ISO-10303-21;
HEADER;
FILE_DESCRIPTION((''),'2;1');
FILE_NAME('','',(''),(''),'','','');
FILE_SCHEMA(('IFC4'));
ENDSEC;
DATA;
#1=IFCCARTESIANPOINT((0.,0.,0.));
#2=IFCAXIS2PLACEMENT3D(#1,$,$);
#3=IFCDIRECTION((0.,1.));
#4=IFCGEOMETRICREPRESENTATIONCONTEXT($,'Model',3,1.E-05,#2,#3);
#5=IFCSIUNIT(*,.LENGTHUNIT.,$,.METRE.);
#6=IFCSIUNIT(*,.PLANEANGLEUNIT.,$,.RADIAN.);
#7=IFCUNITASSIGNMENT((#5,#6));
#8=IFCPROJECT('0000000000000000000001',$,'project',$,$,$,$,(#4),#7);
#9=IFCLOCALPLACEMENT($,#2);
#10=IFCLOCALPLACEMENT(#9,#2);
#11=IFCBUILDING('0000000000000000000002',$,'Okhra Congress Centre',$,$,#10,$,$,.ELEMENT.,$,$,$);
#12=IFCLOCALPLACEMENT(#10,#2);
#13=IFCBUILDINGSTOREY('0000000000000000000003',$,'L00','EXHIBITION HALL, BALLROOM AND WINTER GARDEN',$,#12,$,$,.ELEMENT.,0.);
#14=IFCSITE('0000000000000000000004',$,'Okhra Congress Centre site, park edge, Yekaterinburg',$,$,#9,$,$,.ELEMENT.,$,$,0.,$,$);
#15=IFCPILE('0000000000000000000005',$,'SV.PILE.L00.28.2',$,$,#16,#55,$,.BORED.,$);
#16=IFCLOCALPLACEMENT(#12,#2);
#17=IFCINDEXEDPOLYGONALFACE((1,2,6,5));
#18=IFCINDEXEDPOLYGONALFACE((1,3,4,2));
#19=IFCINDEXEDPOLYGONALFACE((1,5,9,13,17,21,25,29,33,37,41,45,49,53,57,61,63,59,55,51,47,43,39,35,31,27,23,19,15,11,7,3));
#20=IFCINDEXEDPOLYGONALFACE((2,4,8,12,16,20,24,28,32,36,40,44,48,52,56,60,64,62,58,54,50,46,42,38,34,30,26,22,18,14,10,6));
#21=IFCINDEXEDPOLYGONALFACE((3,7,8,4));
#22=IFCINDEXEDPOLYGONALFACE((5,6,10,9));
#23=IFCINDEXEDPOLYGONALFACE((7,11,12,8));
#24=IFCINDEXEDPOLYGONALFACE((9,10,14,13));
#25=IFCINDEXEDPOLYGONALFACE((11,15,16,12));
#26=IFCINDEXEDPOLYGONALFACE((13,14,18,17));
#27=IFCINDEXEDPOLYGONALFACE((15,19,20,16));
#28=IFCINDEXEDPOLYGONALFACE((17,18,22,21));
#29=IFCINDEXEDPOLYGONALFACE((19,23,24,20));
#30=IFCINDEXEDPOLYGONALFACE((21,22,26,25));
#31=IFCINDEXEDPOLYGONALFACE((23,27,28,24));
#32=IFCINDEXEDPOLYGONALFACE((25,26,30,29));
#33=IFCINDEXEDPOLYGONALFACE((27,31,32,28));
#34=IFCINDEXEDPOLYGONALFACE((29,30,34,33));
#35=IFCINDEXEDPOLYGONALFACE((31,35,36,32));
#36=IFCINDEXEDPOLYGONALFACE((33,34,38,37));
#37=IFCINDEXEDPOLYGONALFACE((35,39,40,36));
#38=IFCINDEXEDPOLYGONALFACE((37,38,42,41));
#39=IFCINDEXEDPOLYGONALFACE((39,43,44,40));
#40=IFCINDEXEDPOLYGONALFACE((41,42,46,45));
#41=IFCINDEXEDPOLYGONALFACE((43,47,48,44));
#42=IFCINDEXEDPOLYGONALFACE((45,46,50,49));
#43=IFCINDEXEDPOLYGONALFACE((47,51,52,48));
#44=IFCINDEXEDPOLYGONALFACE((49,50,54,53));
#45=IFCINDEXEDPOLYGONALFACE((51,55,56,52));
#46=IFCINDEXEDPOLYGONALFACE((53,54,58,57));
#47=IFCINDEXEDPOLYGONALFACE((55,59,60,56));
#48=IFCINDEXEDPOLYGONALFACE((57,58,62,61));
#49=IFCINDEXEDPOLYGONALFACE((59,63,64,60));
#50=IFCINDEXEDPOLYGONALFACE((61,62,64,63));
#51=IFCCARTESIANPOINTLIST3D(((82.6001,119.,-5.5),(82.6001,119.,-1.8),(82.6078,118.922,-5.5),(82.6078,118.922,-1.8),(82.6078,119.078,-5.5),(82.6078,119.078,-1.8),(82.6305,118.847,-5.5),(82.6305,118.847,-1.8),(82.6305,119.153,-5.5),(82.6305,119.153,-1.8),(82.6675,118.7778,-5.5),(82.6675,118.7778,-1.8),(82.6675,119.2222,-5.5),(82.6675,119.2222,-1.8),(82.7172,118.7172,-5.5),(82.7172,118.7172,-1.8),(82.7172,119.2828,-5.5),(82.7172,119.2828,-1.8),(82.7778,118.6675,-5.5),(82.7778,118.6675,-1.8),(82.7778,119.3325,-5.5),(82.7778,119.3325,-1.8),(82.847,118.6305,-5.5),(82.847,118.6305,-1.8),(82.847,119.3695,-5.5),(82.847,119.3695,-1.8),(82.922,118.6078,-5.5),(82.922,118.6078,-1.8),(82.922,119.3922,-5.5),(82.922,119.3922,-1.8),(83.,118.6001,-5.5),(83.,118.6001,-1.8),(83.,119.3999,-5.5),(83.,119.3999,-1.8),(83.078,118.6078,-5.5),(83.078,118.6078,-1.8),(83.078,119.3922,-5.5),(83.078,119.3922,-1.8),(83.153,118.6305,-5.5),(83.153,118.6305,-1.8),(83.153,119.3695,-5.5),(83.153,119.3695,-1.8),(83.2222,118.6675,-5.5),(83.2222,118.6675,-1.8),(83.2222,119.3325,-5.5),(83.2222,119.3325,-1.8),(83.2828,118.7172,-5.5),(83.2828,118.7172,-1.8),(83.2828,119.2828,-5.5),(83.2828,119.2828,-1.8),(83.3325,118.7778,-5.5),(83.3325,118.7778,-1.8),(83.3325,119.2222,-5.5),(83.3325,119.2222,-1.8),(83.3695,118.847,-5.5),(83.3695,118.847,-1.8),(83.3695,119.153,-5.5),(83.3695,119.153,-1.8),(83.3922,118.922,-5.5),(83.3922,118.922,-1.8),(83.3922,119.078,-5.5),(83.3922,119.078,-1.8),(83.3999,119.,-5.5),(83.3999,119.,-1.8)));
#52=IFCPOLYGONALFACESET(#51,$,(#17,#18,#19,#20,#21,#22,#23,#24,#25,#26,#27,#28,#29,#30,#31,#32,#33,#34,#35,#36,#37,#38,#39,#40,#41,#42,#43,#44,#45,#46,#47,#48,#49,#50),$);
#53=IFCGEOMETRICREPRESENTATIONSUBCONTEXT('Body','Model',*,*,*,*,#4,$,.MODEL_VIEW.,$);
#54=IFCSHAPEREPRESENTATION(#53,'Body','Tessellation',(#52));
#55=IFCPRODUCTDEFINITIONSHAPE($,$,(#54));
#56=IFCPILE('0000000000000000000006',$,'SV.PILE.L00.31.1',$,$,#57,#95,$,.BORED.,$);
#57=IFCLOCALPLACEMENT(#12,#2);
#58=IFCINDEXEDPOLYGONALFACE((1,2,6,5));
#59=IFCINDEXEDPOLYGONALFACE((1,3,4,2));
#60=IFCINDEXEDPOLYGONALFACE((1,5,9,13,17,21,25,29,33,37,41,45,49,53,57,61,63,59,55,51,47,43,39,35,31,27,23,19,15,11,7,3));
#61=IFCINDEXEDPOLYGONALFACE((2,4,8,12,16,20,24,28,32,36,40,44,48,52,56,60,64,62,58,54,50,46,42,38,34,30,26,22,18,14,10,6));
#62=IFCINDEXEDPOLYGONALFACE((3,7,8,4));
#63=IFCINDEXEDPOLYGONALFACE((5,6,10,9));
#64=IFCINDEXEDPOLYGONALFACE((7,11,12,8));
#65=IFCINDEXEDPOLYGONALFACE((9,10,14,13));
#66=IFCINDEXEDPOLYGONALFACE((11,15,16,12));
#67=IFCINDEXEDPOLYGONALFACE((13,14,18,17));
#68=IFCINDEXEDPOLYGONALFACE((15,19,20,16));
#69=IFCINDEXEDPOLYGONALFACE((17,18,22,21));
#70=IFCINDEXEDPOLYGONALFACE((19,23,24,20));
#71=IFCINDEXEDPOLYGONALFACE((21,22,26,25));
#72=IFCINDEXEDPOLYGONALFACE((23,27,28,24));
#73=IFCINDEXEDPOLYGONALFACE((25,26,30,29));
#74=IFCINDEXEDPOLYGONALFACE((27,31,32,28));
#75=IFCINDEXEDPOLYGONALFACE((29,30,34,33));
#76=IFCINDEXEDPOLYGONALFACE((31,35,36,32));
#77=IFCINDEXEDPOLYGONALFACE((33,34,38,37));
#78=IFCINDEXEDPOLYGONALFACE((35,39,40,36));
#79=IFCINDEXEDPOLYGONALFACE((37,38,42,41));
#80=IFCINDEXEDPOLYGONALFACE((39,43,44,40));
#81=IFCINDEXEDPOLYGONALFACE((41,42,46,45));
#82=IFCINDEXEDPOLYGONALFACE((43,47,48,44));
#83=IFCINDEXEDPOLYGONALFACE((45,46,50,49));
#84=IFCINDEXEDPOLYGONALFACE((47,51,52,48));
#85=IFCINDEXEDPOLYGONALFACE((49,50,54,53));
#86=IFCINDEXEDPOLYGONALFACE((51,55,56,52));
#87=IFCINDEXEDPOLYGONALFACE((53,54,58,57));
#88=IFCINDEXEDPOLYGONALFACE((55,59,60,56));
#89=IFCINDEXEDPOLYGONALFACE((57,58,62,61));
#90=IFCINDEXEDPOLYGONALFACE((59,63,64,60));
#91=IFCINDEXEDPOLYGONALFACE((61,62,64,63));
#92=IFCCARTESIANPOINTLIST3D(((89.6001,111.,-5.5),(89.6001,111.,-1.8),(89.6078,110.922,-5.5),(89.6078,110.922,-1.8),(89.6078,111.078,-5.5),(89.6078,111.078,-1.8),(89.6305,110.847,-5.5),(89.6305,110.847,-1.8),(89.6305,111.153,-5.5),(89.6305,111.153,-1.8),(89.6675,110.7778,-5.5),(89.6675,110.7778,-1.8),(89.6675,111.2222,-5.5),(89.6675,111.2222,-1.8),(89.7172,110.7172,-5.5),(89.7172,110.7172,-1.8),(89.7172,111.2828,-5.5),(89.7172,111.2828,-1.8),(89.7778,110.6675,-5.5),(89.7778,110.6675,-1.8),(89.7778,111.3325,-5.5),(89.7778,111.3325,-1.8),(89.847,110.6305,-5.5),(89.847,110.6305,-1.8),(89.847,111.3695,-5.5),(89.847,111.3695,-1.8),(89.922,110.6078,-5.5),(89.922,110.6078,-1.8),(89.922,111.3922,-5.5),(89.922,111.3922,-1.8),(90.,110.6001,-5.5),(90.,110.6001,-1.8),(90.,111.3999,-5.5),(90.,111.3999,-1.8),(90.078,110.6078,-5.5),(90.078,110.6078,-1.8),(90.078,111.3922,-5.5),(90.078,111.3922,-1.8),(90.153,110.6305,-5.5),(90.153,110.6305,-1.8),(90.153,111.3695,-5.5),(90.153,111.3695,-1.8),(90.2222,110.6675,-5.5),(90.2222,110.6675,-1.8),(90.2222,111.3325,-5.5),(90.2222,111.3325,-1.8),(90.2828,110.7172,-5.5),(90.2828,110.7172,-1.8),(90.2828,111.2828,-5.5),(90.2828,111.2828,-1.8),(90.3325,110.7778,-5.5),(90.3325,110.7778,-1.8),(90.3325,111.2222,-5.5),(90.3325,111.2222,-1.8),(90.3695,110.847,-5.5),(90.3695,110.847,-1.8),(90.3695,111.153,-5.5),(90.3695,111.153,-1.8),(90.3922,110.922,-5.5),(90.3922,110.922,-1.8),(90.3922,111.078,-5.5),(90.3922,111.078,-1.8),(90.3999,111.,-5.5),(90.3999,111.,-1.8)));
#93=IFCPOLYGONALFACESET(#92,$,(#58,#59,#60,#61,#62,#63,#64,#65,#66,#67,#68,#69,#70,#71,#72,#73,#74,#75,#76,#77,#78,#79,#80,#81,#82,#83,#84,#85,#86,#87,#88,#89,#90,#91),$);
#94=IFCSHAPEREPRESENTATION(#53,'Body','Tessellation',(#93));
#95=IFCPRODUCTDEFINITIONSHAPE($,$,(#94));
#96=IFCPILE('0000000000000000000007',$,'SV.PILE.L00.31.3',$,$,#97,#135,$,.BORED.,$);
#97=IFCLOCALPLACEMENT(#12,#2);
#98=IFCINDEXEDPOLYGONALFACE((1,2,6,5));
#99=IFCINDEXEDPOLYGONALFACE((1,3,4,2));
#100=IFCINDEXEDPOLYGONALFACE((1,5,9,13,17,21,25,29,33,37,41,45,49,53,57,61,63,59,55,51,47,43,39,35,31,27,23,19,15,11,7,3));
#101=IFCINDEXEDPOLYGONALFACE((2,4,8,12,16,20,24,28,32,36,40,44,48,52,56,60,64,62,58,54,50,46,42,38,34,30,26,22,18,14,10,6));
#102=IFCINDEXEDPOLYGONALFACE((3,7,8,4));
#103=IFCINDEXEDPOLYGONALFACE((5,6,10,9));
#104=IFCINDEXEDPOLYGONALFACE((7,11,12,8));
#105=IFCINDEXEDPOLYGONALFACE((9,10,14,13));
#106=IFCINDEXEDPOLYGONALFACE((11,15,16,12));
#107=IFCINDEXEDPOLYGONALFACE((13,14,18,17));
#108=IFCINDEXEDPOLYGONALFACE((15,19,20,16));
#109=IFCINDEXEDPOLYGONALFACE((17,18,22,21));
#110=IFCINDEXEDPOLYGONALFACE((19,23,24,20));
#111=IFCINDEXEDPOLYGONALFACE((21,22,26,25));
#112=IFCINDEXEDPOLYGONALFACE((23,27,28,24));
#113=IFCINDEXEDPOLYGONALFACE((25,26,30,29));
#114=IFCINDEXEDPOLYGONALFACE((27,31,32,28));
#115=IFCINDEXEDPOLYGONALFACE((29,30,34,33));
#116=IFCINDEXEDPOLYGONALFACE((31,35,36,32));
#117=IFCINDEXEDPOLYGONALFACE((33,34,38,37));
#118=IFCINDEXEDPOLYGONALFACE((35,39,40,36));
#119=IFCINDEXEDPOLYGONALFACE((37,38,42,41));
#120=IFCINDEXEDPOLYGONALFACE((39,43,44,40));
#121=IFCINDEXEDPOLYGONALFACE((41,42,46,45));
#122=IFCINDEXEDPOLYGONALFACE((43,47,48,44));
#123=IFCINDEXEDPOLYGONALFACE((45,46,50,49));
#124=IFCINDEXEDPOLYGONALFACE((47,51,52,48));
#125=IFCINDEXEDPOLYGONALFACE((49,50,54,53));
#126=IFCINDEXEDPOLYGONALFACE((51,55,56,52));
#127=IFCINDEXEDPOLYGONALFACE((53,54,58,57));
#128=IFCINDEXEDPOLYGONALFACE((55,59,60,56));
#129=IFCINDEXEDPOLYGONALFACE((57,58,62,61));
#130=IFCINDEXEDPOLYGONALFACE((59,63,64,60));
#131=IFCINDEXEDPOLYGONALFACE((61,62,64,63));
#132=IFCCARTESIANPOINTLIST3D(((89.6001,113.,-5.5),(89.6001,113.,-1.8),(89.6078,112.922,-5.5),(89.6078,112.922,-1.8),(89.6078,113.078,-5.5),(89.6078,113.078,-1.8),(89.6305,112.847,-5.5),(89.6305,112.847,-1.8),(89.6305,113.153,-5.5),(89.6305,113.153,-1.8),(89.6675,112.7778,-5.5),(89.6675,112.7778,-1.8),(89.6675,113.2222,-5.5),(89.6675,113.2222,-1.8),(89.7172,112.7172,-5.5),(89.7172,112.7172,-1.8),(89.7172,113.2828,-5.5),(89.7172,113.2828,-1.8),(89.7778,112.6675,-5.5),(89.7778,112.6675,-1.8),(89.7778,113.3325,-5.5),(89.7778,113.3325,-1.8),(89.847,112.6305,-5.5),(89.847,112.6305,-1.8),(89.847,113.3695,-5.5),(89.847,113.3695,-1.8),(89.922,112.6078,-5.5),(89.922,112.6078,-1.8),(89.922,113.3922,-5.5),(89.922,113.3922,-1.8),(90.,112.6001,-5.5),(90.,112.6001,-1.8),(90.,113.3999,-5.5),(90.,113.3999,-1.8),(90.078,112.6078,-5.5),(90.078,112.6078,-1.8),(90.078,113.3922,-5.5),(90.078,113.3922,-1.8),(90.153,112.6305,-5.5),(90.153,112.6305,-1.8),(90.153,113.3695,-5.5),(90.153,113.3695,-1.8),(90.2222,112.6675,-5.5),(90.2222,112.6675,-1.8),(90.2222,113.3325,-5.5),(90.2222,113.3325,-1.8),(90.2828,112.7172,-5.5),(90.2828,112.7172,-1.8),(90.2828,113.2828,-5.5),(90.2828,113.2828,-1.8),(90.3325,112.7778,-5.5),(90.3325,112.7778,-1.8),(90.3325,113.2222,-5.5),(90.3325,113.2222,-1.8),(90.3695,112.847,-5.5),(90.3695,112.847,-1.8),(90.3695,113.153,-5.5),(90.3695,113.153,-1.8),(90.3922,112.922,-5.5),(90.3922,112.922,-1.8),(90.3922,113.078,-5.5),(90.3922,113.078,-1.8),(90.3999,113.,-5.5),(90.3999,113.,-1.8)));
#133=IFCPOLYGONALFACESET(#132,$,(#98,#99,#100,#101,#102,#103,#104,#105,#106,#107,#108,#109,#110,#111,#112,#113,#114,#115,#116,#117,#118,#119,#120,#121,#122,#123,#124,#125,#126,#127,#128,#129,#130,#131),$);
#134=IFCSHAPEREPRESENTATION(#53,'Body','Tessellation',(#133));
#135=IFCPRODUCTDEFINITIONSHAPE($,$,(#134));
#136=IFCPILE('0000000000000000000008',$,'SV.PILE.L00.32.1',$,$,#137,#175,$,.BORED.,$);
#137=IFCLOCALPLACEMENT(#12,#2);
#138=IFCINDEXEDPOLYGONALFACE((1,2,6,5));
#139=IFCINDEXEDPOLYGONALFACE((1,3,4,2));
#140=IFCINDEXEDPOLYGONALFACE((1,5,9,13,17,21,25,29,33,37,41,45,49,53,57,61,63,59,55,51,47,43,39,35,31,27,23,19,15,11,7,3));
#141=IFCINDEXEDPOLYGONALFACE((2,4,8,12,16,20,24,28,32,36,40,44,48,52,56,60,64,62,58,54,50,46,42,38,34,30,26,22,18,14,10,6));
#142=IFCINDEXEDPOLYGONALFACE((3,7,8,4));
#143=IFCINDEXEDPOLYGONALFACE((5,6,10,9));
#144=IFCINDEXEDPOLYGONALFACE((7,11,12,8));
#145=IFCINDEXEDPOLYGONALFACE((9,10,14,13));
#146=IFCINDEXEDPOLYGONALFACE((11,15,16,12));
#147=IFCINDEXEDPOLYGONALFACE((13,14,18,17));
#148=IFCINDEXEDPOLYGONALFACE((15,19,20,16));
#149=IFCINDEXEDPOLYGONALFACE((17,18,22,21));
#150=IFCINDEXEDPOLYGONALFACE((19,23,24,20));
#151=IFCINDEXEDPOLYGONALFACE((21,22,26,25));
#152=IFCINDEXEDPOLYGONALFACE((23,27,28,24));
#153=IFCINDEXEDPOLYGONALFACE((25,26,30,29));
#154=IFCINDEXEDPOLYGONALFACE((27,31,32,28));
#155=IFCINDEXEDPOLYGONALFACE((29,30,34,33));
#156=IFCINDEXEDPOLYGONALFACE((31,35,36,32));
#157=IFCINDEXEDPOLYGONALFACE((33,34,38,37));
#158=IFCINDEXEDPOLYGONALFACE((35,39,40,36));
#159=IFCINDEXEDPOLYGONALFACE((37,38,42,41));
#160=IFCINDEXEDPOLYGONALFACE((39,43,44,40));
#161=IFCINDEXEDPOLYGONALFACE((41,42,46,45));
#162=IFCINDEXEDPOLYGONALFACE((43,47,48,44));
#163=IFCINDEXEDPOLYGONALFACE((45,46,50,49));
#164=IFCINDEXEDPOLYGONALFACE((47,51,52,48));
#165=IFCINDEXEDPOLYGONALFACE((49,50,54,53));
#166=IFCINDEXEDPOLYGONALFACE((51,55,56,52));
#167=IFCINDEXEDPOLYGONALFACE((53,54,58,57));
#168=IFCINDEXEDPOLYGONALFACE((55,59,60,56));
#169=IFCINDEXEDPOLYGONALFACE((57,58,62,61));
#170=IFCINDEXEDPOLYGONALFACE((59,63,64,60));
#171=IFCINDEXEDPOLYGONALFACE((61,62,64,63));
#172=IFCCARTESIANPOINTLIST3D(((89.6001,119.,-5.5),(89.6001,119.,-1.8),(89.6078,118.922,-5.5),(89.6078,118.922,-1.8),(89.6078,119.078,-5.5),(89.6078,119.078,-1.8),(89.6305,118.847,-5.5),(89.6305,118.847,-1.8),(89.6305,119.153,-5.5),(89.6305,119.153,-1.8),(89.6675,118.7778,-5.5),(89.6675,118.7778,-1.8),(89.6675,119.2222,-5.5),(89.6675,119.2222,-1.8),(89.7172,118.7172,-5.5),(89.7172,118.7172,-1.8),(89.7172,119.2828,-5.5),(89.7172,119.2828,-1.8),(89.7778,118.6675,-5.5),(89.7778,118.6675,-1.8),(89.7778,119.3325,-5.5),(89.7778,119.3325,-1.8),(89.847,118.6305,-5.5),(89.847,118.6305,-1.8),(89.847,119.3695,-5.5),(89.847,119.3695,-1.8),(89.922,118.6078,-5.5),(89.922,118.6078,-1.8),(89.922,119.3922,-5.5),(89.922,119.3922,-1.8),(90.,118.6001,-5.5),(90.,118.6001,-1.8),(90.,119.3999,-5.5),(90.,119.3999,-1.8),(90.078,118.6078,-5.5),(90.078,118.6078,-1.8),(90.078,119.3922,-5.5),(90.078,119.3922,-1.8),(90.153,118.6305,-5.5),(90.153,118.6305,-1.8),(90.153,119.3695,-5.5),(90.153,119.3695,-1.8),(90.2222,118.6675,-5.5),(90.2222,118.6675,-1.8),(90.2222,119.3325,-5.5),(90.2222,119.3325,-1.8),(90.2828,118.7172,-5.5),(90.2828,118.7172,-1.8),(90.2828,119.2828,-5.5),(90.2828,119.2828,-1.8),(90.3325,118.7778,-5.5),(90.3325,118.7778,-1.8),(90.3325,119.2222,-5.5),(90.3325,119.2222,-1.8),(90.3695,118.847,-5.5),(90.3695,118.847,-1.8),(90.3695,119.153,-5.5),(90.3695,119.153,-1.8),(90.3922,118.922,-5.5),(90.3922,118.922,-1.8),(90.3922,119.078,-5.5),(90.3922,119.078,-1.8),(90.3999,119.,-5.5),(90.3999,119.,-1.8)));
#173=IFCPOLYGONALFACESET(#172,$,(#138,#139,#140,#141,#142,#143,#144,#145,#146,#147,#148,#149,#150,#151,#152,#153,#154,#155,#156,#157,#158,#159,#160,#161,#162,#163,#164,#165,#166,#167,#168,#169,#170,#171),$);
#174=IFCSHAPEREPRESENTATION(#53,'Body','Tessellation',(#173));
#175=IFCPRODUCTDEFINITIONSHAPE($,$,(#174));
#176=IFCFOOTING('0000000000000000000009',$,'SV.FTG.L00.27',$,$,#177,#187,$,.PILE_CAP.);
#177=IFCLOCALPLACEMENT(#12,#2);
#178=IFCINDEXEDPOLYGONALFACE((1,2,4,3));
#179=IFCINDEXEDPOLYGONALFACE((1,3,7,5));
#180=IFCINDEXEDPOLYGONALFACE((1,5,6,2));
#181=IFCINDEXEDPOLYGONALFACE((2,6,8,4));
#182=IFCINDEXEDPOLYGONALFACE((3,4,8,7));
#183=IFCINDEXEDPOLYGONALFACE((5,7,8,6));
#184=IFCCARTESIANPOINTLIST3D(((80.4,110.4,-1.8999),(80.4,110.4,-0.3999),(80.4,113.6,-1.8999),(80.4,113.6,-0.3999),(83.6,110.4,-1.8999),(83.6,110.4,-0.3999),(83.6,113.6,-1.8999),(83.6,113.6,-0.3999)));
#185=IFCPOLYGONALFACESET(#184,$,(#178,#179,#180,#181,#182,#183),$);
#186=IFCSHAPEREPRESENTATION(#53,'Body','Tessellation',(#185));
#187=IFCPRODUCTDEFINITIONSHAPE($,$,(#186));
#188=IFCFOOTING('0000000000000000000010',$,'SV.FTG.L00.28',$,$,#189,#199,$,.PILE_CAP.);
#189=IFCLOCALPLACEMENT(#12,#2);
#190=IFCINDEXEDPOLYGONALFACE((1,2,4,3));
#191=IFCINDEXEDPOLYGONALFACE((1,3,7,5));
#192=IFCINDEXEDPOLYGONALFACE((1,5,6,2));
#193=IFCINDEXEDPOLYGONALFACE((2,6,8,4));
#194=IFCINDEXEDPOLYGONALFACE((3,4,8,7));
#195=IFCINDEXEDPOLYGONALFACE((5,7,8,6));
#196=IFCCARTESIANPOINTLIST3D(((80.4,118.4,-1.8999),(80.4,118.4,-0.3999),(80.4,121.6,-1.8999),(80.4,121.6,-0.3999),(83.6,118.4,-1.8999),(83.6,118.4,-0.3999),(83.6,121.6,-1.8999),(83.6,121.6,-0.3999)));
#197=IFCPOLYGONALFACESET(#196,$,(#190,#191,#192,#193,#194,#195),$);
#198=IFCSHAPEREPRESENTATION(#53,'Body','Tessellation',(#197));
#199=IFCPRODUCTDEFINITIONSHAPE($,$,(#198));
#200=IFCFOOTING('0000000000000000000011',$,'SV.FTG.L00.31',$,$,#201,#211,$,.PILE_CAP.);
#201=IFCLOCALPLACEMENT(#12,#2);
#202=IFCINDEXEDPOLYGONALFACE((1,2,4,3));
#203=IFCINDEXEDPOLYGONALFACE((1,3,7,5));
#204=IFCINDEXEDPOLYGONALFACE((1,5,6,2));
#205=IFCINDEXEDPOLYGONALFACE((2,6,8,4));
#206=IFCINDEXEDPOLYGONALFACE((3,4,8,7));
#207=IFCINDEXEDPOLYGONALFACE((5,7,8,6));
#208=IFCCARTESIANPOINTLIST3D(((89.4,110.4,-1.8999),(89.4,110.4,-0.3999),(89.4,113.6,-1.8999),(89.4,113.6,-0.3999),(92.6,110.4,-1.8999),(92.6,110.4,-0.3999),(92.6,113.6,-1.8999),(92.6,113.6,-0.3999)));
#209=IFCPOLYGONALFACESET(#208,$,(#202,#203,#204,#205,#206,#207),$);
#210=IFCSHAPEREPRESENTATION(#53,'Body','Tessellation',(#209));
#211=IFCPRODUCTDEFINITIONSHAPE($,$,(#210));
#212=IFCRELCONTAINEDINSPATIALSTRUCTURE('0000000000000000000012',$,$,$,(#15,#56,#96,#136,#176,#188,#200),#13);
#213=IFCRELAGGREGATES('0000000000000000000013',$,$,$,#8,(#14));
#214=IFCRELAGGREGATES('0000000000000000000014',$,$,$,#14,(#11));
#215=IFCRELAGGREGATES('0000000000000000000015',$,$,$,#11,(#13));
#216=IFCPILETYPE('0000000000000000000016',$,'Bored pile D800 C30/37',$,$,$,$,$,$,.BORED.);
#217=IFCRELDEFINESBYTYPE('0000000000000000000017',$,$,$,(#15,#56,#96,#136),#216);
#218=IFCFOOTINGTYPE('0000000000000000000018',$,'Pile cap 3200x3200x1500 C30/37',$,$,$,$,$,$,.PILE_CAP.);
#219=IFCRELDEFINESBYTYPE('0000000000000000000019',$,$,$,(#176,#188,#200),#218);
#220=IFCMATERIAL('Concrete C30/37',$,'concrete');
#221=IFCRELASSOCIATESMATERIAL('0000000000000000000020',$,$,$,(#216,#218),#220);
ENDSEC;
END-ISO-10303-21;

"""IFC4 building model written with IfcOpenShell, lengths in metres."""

from ifc_helpers import new_model, si_unit, direction, frame, origin, origin_2d, place, context, subcontext, project, spatial, rectangle, circle, extrude, material, material_profile, profile_set, type_object, element, save


model = new_model("IFC4")

# Units and contexts
model_context = context("Model", 3, precision=1e-05, world=origin(), true_north=direction((0.0, 1.0)))
body_context = subcontext(model_context, "Body", "Model", "MODEL_VIEW")
ifc_project = project(units=[si_unit("LENGTHUNIT", "METRE"), si_unit("PLANEANGLEUNIT", "RADIAN")], contexts=[model_context])

# Site, building, storey
site_placement = place(None, origin())
site = spatial("IfcSite", under=ifc_project, at=site_placement, Name="Okhra Congress Centre site, park edge, Yekaterinburg", CompositionType="ELEMENT", RefElevation=0.0)
building_placement = place(site_placement, origin())
building = spatial("IfcBuilding", under=site, at=building_placement, Name="Okhra Congress Centre", CompositionType="ELEMENT")
storey_placement = place(building_placement, origin())
storey = spatial("IfcBuildingStorey", under=building, at=storey_placement, Name="L00", Description="EXHIBITION HALL, BALLROOM AND WINTER GARDEN", CompositionType="ELEMENT", Elevation=0.0)

# Piles
ifc_material_1 = material(Name="Concrete C30/37", Category="concrete")
ifc_material_profile_1 = material_profile(ifc_material_1, circle(Radius=0.3999, at=origin_2d()), Name="D800")
ifc_profile_set_1 = profile_set([ifc_material_profile_1], Name="Concrete C30/37")
pile_type = type_object("IfcPileType", Name="Bored pile D800 C30/37", PredefinedType="BORED", material=ifc_profile_set_1)
for number, where, z_axis, x_axis, name in (
    (1, (83.0, 119.0, -1.8), (0.0, 0.0, -1.0), (1.0, 0.0, 0.0), "SV.PILE.L00.28.2"),
    (2, (90.0, 111.0, -1.8), (0.0, 0.0, -1.0), (1.0, 0.0, 0.0), "SV.PILE.L00.31.1"),
    (3, (90.0, 113.0, -1.8), (0.0, 0.0, -1.0), (1.0, 0.0, 0.0), "SV.PILE.L00.31.3"),
    (4, (90.0, 119.0, -1.8), (0.0, 0.0, -1.0), (1.0, 0.0, 0.0), "SV.PILE.L00.32.1"),
):
    element("IfcPile", number, at=place(storey_placement, frame(where, z_axis=z_axis, x_axis=x_axis)), inside=storey, type_object=pile_type, Name=name, PredefinedType="BORED", context=body_context, shape_type="SweptSolid", body=[
        extrude(circle(Radius=0.3999, at=origin_2d()), origin(), (0.0, 0.0, 1.0), 3.7),
    ])

# Footings
footing_type = type_object("IfcFootingType", Name="Pile cap 3200x3200x1500 C30/37", PredefinedType="PILE_CAP", material=ifc_material_1)
for number, where, z_axis, x_axis, name in (
    (5, (82.0, 112.0, -1.8999), (0.0, 0.0, 1.0), (1.0, 0.0, 0.0), "SV.FTG.L00.27"),
    (6, (82.0, 120.0, -1.8999), (0.0, 0.0, 1.0), (1.0, 0.0, 0.0), "SV.FTG.L00.28"),
    (7, (91.0, 112.0, -1.8999), (0.0, 0.0, 1.0), (1.0, 0.0, 0.0), "SV.FTG.L00.31"),
):
    element("IfcFooting", number, at=place(storey_placement, frame(where, z_axis=z_axis, x_axis=x_axis)), inside=storey, type_object=footing_type, Name=name, PredefinedType="PILE_CAP", context=body_context, shape_type="SweptSolid", body=[
        extrude(rectangle(XDim=3.2, YDim=3.2, at=origin_2d()), origin(), (0.0, 0.0, 1.0), 1.5),
    ])

save(model, "model.ifc")
